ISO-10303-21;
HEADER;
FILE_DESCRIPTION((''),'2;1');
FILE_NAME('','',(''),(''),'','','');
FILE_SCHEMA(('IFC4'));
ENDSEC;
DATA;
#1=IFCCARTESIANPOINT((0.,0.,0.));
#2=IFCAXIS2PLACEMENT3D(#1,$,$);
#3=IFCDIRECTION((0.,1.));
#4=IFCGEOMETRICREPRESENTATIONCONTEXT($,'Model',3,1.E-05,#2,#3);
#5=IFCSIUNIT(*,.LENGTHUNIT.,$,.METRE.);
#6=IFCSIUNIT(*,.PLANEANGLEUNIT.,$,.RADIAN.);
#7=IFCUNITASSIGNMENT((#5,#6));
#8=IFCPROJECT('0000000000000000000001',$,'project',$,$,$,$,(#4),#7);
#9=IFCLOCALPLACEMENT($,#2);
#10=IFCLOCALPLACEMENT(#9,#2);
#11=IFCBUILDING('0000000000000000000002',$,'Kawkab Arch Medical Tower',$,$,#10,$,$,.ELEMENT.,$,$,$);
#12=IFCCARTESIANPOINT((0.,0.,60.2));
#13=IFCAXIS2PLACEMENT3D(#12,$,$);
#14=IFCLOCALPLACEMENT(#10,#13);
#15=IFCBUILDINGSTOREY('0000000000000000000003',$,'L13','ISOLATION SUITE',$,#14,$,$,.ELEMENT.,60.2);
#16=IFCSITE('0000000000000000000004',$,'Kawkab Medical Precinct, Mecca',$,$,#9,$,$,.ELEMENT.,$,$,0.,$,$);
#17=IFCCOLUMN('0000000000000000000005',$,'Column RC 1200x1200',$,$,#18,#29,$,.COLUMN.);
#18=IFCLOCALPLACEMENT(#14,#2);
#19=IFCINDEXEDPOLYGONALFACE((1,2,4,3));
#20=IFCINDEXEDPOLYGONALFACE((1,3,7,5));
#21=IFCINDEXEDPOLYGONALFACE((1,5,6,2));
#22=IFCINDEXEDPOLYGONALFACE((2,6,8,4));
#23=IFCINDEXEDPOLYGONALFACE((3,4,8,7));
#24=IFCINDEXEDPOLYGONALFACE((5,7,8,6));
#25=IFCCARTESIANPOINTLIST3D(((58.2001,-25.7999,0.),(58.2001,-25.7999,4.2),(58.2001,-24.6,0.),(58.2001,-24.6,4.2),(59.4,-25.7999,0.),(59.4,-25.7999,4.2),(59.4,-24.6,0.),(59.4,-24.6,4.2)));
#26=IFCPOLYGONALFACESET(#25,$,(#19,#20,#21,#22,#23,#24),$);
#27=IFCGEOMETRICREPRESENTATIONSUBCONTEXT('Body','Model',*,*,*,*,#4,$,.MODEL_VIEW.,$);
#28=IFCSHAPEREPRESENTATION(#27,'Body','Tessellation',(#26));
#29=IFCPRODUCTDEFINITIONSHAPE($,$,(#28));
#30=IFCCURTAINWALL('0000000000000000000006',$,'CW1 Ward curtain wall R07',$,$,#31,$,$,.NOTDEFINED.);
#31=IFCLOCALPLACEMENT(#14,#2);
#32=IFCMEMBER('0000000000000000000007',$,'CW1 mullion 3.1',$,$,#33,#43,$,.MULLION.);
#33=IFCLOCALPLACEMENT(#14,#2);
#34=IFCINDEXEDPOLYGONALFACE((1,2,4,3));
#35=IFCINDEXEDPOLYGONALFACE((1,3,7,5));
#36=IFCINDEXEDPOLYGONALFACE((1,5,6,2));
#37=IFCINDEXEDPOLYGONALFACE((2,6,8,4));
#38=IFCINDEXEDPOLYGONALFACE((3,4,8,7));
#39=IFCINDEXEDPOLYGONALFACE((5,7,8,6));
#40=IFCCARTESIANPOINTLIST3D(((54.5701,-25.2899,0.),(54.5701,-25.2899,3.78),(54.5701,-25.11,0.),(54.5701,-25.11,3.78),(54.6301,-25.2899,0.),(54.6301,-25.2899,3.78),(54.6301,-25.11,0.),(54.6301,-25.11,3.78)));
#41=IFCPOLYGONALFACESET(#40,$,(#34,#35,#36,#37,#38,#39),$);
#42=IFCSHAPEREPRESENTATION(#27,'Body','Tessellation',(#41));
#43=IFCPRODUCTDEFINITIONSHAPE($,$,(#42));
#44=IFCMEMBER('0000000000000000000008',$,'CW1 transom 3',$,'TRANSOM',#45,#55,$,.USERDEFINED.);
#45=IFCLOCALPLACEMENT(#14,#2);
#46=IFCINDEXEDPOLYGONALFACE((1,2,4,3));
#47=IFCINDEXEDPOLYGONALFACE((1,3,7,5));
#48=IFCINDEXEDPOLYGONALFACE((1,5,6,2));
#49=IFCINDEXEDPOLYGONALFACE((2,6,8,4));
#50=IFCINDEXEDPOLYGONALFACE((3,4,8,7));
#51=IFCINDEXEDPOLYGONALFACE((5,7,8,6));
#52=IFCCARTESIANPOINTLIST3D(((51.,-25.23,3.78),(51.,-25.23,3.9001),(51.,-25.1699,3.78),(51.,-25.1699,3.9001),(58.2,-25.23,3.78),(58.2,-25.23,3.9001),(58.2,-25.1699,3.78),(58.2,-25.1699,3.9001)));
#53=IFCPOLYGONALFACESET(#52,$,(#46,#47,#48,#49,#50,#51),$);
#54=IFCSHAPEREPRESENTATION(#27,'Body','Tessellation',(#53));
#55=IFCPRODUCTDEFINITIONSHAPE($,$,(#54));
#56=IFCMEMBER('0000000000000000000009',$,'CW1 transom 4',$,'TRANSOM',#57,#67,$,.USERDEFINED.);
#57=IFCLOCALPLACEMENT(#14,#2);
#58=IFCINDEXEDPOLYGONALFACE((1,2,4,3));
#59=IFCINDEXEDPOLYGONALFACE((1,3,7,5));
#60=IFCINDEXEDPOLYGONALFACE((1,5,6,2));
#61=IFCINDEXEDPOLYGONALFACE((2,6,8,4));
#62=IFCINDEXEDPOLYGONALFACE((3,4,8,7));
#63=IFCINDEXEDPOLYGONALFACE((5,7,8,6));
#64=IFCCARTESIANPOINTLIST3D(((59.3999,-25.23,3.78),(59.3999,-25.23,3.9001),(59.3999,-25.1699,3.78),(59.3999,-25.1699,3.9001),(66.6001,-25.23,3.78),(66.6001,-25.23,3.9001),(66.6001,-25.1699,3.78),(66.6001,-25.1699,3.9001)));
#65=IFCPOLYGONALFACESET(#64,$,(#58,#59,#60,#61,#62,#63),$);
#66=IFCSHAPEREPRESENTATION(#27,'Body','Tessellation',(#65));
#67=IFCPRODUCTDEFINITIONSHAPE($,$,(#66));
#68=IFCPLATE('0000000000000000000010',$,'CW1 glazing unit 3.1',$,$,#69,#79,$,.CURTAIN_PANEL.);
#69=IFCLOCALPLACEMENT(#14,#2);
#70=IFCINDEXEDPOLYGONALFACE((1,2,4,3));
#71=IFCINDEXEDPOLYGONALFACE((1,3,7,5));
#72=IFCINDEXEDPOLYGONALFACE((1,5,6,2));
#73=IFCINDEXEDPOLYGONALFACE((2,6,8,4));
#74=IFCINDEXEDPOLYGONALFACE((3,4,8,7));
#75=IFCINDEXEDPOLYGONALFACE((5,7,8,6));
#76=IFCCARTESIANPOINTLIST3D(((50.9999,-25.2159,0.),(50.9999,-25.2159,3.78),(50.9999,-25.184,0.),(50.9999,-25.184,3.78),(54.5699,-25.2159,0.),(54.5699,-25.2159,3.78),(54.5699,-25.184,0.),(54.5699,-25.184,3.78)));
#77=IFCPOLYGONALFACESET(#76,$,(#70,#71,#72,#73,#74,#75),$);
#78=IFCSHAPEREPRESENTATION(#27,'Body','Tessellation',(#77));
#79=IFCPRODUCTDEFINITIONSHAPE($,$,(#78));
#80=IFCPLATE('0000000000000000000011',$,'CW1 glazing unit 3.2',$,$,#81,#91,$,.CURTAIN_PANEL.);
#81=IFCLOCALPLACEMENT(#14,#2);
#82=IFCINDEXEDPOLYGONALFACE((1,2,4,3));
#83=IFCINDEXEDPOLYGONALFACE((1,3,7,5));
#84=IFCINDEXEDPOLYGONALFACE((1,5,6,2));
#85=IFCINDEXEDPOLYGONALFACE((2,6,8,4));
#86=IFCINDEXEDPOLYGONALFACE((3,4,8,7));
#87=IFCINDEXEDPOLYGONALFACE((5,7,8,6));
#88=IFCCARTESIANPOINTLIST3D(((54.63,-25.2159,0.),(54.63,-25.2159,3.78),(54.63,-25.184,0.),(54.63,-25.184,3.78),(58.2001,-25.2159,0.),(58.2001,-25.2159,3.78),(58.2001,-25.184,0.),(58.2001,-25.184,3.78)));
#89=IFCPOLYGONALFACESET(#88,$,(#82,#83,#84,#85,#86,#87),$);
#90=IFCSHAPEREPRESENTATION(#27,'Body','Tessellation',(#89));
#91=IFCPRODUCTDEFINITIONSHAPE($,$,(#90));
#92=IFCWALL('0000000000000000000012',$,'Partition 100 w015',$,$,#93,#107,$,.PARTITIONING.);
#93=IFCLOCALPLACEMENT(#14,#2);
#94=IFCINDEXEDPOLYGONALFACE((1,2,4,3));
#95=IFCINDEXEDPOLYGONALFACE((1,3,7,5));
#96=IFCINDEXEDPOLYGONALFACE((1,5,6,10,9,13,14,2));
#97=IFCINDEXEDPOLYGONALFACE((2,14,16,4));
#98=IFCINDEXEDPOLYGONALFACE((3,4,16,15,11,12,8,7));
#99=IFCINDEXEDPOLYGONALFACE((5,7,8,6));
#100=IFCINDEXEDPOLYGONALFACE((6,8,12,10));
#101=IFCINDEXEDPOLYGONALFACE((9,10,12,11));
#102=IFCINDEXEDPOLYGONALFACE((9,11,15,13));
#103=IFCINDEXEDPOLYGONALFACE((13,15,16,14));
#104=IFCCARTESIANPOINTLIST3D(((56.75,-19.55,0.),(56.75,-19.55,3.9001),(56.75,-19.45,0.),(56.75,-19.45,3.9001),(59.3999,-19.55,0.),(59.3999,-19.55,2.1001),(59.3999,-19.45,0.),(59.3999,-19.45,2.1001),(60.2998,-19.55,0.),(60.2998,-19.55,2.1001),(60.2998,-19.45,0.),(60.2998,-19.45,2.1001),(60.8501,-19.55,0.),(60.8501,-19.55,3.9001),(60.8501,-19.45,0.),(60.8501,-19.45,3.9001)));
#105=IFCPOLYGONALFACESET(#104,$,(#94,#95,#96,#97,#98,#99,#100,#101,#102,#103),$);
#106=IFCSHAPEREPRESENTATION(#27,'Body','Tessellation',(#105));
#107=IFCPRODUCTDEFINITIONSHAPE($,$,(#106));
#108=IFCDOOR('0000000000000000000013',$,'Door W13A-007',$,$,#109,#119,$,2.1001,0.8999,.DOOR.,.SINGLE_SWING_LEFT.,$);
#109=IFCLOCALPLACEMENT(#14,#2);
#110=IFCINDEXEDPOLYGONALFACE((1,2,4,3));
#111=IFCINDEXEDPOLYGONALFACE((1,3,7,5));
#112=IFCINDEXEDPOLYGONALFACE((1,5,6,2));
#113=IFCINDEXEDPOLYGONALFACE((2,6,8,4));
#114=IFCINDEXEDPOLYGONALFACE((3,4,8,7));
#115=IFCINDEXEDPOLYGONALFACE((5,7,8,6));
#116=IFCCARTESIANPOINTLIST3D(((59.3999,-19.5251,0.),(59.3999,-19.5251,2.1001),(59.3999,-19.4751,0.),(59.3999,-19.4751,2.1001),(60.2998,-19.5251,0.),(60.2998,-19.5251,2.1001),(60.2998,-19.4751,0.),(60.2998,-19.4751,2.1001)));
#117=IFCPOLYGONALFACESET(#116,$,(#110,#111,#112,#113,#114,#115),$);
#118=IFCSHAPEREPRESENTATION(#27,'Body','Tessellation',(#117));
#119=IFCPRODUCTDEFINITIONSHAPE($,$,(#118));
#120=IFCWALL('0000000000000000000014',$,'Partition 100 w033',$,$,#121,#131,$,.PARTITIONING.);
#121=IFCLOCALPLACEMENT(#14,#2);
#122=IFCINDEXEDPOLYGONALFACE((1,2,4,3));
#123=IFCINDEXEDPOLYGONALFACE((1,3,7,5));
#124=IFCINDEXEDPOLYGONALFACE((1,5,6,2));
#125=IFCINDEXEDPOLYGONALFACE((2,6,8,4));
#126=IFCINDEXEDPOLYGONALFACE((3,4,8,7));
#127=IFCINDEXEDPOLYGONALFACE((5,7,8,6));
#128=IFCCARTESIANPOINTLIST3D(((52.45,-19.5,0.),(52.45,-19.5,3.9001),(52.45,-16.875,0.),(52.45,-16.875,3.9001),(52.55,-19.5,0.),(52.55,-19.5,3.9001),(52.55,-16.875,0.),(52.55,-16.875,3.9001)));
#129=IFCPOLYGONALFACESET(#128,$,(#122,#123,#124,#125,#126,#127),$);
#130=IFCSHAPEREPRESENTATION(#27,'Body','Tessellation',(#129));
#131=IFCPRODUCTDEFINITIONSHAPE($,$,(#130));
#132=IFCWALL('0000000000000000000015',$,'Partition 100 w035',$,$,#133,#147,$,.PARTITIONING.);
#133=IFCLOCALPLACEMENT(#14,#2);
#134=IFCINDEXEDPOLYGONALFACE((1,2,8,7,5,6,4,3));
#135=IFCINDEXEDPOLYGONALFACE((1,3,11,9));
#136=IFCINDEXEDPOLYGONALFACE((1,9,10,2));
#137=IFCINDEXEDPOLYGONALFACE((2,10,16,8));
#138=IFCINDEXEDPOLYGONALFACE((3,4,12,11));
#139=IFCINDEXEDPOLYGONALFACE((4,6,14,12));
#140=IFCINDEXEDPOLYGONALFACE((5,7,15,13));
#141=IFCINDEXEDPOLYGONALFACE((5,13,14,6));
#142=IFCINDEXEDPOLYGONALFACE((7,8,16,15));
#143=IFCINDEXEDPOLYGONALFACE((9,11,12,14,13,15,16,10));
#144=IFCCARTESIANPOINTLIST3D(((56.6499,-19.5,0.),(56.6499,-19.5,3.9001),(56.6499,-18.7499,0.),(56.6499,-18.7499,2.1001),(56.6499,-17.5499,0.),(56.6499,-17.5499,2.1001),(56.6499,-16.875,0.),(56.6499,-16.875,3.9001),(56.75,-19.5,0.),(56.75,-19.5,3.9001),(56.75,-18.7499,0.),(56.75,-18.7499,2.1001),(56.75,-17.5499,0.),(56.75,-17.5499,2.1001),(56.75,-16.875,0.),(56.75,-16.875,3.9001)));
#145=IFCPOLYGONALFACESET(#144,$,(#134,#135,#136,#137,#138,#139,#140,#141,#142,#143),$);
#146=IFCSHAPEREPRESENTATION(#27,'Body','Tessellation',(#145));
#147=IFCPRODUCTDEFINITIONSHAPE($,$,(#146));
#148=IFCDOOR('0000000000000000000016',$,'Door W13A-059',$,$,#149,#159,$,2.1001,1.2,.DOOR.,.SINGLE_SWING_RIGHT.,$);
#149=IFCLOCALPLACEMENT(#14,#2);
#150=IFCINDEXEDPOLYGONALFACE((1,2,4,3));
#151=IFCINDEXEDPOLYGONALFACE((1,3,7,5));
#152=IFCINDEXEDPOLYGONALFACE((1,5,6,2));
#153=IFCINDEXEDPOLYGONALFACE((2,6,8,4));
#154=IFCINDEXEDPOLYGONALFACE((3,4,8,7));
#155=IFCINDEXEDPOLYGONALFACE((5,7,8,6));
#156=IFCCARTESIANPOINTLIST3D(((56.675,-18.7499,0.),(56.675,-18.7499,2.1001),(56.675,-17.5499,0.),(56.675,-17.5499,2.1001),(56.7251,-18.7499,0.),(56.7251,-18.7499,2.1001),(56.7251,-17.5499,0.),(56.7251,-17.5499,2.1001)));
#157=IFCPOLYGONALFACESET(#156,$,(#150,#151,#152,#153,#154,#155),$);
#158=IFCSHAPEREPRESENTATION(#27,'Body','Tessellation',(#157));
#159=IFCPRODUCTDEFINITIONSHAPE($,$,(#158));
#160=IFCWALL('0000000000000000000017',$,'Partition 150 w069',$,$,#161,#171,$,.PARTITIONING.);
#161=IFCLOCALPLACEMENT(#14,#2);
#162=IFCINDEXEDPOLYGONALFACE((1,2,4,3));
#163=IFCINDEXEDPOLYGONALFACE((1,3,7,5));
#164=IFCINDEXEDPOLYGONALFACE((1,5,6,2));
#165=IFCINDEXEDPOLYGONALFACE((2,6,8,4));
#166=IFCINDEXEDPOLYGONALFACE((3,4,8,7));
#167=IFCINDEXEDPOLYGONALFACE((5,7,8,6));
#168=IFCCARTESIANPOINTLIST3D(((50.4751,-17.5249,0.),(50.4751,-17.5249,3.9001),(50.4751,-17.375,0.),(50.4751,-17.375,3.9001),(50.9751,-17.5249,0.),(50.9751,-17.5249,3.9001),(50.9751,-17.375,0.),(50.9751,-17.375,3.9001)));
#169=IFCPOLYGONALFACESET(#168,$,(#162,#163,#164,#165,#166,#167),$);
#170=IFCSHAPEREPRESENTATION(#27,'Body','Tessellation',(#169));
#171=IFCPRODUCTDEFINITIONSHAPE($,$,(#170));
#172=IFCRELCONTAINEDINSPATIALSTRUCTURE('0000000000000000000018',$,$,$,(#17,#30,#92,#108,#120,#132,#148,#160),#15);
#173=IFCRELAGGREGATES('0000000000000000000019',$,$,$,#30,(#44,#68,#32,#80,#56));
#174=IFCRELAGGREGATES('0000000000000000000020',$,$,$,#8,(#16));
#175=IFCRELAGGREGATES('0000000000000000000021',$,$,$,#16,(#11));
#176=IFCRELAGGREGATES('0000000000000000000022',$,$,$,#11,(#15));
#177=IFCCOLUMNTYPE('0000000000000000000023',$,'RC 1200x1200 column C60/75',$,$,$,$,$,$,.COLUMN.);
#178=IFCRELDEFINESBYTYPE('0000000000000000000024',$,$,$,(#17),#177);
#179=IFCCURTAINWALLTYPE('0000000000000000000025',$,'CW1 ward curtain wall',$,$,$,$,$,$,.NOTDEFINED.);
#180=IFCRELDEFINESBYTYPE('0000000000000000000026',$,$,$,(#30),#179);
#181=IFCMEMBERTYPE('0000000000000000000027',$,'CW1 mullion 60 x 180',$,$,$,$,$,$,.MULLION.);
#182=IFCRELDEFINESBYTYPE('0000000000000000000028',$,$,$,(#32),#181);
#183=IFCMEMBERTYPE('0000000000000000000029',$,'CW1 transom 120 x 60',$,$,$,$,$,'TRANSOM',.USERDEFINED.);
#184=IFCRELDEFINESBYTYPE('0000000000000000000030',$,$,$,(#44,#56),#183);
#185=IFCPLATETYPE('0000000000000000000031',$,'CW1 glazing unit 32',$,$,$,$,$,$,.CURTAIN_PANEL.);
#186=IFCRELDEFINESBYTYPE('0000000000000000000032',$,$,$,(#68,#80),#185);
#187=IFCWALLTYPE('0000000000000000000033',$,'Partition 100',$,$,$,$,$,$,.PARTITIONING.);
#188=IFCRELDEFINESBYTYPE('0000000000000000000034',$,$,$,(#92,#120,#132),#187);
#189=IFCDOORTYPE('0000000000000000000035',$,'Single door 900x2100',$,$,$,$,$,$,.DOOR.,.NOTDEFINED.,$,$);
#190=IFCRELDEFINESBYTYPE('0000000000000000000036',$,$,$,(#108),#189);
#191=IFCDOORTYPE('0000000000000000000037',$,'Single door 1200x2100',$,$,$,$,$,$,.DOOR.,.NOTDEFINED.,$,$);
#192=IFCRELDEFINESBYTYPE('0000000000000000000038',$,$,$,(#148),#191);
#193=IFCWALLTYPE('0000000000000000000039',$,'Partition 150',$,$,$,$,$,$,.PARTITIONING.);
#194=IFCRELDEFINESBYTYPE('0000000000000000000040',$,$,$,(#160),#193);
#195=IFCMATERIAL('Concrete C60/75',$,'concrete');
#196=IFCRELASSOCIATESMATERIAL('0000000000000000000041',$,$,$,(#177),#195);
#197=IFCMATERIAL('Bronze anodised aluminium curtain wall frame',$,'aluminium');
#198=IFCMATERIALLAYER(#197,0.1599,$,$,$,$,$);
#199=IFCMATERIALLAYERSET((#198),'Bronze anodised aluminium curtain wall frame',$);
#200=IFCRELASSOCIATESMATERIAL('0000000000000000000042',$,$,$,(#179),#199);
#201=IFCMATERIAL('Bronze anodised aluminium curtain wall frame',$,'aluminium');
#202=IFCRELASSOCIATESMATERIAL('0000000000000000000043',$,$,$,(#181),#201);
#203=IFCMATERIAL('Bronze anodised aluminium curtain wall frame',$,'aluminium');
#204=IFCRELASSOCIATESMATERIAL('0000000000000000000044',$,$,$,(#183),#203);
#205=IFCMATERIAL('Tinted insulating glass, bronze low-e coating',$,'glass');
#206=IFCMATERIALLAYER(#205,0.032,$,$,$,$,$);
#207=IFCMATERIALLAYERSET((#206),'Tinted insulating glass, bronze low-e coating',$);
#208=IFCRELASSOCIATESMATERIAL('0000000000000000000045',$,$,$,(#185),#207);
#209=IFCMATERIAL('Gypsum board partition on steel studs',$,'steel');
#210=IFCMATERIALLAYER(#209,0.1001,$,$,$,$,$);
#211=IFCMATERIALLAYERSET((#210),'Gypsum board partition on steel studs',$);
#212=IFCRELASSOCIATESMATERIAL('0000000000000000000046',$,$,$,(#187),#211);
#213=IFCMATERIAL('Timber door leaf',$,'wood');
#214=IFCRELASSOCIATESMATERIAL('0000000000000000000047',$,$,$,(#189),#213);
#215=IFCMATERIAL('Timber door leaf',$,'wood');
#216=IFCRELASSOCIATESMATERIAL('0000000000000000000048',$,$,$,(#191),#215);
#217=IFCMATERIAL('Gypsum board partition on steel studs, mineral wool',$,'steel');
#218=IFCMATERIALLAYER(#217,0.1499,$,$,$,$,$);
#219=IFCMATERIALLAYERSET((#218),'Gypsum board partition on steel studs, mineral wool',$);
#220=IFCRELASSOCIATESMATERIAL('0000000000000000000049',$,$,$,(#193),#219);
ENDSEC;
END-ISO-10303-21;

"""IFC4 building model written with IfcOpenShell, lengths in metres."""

from ifc_helpers import new_model, si_unit, direction, frame, frame_2d, origin, origin_2d, place, context, subcontext, project, spatial, rectangle, extrude, material, layer, layer_set, material_profile, profile_set, type_object, element, fill, aggregate, save


model = new_model("IFC4")

# Units and contexts
model_context = context("Model", 3, precision=1e-05, world=origin(), true_north=direction((0.0, 1.0)))
body_context = subcontext(model_context, "Body", "Model", "MODEL_VIEW")
ifc_project = project(units=[si_unit("LENGTHUNIT", "METRE"), si_unit("PLANEANGLEUNIT", "RADIAN")], contexts=[model_context])

# Site, building, storey
site_placement = place(None, origin())
site = spatial("IfcSite", under=ifc_project, at=site_placement, Name="Kawkab Medical Precinct, Mecca", CompositionType="ELEMENT", RefElevation=0.0)
building_placement = place(site_placement, origin())
building = spatial("IfcBuilding", under=site, at=building_placement, Name="Kawkab Arch Medical Tower", CompositionType="ELEMENT")
storey_placement = place(building_placement, frame((0.0, 0.0, 60.2)))
storey = spatial("IfcBuildingStorey", under=building, at=storey_placement, Name="L13", Description="ISOLATION SUITE", CompositionType="ELEMENT", Elevation=60.2)

# Column
ifc_material_1 = material(Name="Concrete C60/75", Category="concrete")
ifc_material_profile_1 = material_profile(ifc_material_1, rectangle(XDim=1.2, YDim=1.2, at=origin_2d()), Name="RC 1200x1200")
ifc_profile_set_1 = profile_set([ifc_material_profile_1], Name="Concrete C60/75")
column_type = type_object("IfcColumnType", Name="RC 1200x1200 column C60/75", PredefinedType="COLUMN", material=ifc_profile_set_1)
column_placement = place(storey_placement, frame((58.8, -25.2, 0.0), z_axis=(0.0, 0.0, 1.0), x_axis=(1.0, 0.0, 0.0)))
element("IfcColumn", 1, at=column_placement, inside=storey, type_object=column_type, Name="Column RC 1200x1200", PredefinedType="COLUMN", context=body_context, shape_type="SweptSolid", body=[
    extrude(rectangle(XDim=1.2, YDim=1.2, at=origin_2d()), origin(), (0.0, 0.0, 1.0), 4.2),
])

# Curtain wall, members, plates
ifc_material_2 = material(Name="Bronze anodised aluminium curtain wall frame", Category="aluminium")
ifc_layer_1 = layer(ifc_material_2, 0.1599)
ifc_layer_set_1 = layer_set([ifc_layer_1], Name="Bronze anodised aluminium curtain wall frame")
curtain_wall_type = type_object("IfcCurtainWallType", Name="CW1 ward curtain wall", PredefinedType="NOTDEFINED", material=ifc_layer_set_1)
curtain_wall_placement = place(storey_placement, origin())
curtain_wall = element("IfcCurtainWall", 2, at=curtain_wall_placement, inside=storey, type_object=curtain_wall_type, Name="CW1 Ward curtain wall R07", PredefinedType="NOTDEFINED")
ifc_material_3 = material(Name="Bronze anodised aluminium curtain wall frame", Category="aluminium")
ifc_material_profile_2 = material_profile(ifc_material_3, rectangle(XDim=0.1799, YDim=0.0601, at=origin_2d()), Name="AL 60x180")
ifc_profile_set_2 = profile_set([ifc_material_profile_2], Name="Bronze anodised aluminium curtain wall frame")
member_type_1 = type_object("IfcMemberType", Name="CW1 mullion 60 x 180", PredefinedType="MULLION", material=ifc_profile_set_2)
member_1_placement = place(storey_placement, frame((54.6001, -25.2, 0.0), z_axis=(0.0, 0.0, 1.0), x_axis=(0.0, 1.0, 0.0)))
member_1 = element("IfcMember", 3, at=member_1_placement, type_object=member_type_1, Name="CW1 mullion 3.1", PredefinedType="MULLION", context=body_context, shape_type="SweptSolid", body=[
    extrude(rectangle(XDim=0.1799, YDim=0.0601, at=origin_2d()), origin(), (0.0, 0.0, 1.0), 3.78),
])
ifc_material_4 = material(Name="Bronze anodised aluminium curtain wall frame", Category="aluminium")
ifc_material_profile_3 = material_profile(ifc_material_4, rectangle(XDim=0.0601, YDim=0.1201, at=origin_2d()), Name="AL 60x120")
ifc_profile_set_3 = profile_set([ifc_material_profile_3], Name="Bronze anodised aluminium curtain wall frame")
member_type_2 = type_object("IfcMemberType", Name="CW1 transom 120 x 60", ElementType="TRANSOM", PredefinedType="USERDEFINED", material=ifc_profile_set_3)
member_2_placement = place(storey_placement, frame((51.0, -25.2, 3.8401), z_axis=(1.0, 0.0, 0.0), x_axis=(0.0, 1.0, 0.0)))
member_2 = element("IfcMember", 4, at=member_2_placement, type_object=member_type_2, Name="CW1 transom 3", ObjectType="TRANSOM", PredefinedType="USERDEFINED", context=body_context, shape_type="SweptSolid", body=[
    extrude(rectangle(XDim=0.0601, YDim=0.1201, at=origin_2d()), origin(), (0.0, 0.0, 1.0), 7.2),
])
member_3_placement = place(storey_placement, frame((59.3999, -25.2, 3.8401), z_axis=(1.0, 0.0, 0.0), x_axis=(0.0, 1.0, 0.0)))
member_3 = element("IfcMember", 5, at=member_3_placement, type_object=member_type_2, Name="CW1 transom 4", ObjectType="TRANSOM", PredefinedType="USERDEFINED", context=body_context, shape_type="SweptSolid", body=[
    extrude(rectangle(XDim=0.0601, YDim=0.1201, at=origin_2d()), origin(), (0.0, 0.0, 1.0), 7.2002),
])
ifc_material_5 = material(Name="Tinted insulating glass, bronze low-e coating", Category="glass")
ifc_layer_2 = layer(ifc_material_5, 0.032)
ifc_layer_set_2 = layer_set([ifc_layer_2], Name="Tinted insulating glass, bronze low-e coating")
plate_type = type_object("IfcPlateType", Name="CW1 glazing unit 32", PredefinedType="CURTAIN_PANEL", material=ifc_layer_set_2)
plate_1_placement = place(storey_placement, frame((52.7849, -25.2, 0.0), z_axis=(0.0, 0.0, 1.0), x_axis=(1.0, 0.0, 0.0)))
plate_1 = element("IfcPlate", 6, at=plate_1_placement, type_object=plate_type, Name="CW1 glazing unit 3.1", PredefinedType="CURTAIN_PANEL", context=body_context, shape_type="SweptSolid", body=[
    extrude(rectangle(XDim=3.5701, YDim=0.032, at=origin_2d()), origin(), (0.0, 0.0, 1.0), 3.78),
])
plate_2_placement = place(storey_placement, frame((56.415, -25.2, 0.0), z_axis=(0.0, 0.0, 1.0), x_axis=(1.0, 0.0, 0.0)))
plate_2 = element("IfcPlate", 7, at=plate_2_placement, type_object=plate_type, Name="CW1 glazing unit 3.2", PredefinedType="CURTAIN_PANEL", context=body_context, shape_type="SweptSolid", body=[
    extrude(rectangle(XDim=3.5701, YDim=0.032, at=origin_2d()), origin(), (0.0, 0.0, 1.0), 3.78),
])
aggregate(curtain_wall, [member_2, plate_1, member_1, plate_2, member_3])

# Wall, opening, door
ifc_material_6 = material(Name="Gypsum board partition on steel studs", Category="steel")
ifc_layer_3 = layer(ifc_material_6, 0.1001)
ifc_layer_set_3 = layer_set([ifc_layer_3], Name="Gypsum board partition on steel studs")
wall_type_1 = type_object("IfcWallType", Name="Partition 100", PredefinedType="PARTITIONING", material=ifc_layer_set_3)
wall_1_placement = place(storey_placement, frame((56.75, -19.5, 0.0), z_axis=(0.0, 0.0, 1.0), x_axis=(1.0, 0.0, 0.0)))
wall_1 = element("IfcWall", 8, at=wall_1_placement, inside=storey, type_object=wall_type_1, Name="Partition 100 w015", PredefinedType="PARTITIONING", context=body_context, shape_type="SweptSolid", body=[
    extrude(rectangle(XDim=4.1001, YDim=0.1001, at=frame_2d((2.05, 0.0))), origin(), (0.0, 0.0, 1.0), 3.9001),
])
opening_1_placement = place(wall_1_placement, frame((2.6499, 0.0, 0.0)))
opening_1 = element("IfcOpeningElement", 9, at=opening_1_placement, cuts=wall_1, PredefinedType="OPENING", context=body_context, shape_type="SweptSolid", body=[
    extrude(rectangle(XDim=0.8999, YDim=2.1001, at=frame_2d((0.45, 1.05))), frame((0.0, 0.0601, 0.0), z_axis=(0.0, -1.0, 0.0), x_axis=(1.0, 0.0, 0.0)), (0.0, 0.0, 1.0), 0.1201),
])
ifc_material_7 = material(Name="Timber door leaf", Category="wood")
door_type_1 = type_object("IfcDoorType", Name="Single door 900x2100", OperationType="NOTDEFINED", PredefinedType="DOOR", material=ifc_material_7)
door_1_placement = place(opening_1_placement, origin())
door_1 = element("IfcDoor", 10, at=door_1_placement, inside=storey, type_object=door_type_1, Name="Door W13A-007", OperationType="SINGLE_SWING_LEFT", OverallHeight=2.1001, OverallWidth=0.8999, PredefinedType="DOOR", context=body_context, shape_type="SweptSolid", body=[
    extrude(rectangle(XDim=0.8999, YDim=2.1001, at=frame_2d((0.45, 1.05))), frame((0.0, 0.0249, 0.0), z_axis=(0.0, -1.0, 0.0), x_axis=(1.0, 0.0, 0.0)), (0.0, 0.0, 1.0), 0.05),
])
fill(opening_1, door_1)

# Wall
wall_2_placement = place(storey_placement, frame((52.5, -19.5, 0.0), z_axis=(0.0, 0.0, 1.0), x_axis=(0.0, 1.0, 0.0)))
element("IfcWall", 11, at=wall_2_placement, inside=storey, type_object=wall_type_1, Name="Partition 100 w033", PredefinedType="PARTITIONING", context=body_context, shape_type="SweptSolid", body=[
    extrude(rectangle(XDim=2.625, YDim=0.1001, at=frame_2d((1.3125, 0.0))), origin(), (0.0, 0.0, 1.0), 3.9001),
])

# Wall, opening, door
wall_3_placement = place(storey_placement, frame((56.7, -19.5, 0.0), z_axis=(0.0, 0.0, 1.0), x_axis=(0.0, 1.0, 0.0)))
wall_3 = element("IfcWall", 12, at=wall_3_placement, inside=storey, type_object=wall_type_1, Name="Partition 100 w035", PredefinedType="PARTITIONING", context=body_context, shape_type="SweptSolid", body=[
    extrude(rectangle(XDim=2.625, YDim=0.1001, at=frame_2d((1.3125, 0.0))), origin(), (0.0, 0.0, 1.0), 3.9001),
])
opening_2_placement = place(wall_3_placement, frame((0.75, 0.0, 0.0)))
opening_2 = element("IfcOpeningElement", 13, at=opening_2_placement, cuts=wall_3, PredefinedType="OPENING", context=body_context, shape_type="SweptSolid", body=[
    extrude(rectangle(XDim=1.2, YDim=2.1001, at=frame_2d((0.6001, 1.05))), frame((0.0, 0.0601, 0.0), z_axis=(0.0, -1.0, 0.0), x_axis=(1.0, 0.0, 0.0)), (0.0, 0.0, 1.0), 0.1201),
])
ifc_material_8 = material(Name="Timber door leaf", Category="wood")
door_type_2 = type_object("IfcDoorType", Name="Single door 1200x2100", OperationType="NOTDEFINED", PredefinedType="DOOR", material=ifc_material_8)
door_2_placement = place(opening_2_placement, origin())
door_2 = element("IfcDoor", 14, at=door_2_placement, inside=storey, type_object=door_type_2, Name="Door W13A-059", OperationType="SINGLE_SWING_RIGHT", OverallHeight=2.1001, OverallWidth=1.2, PredefinedType="DOOR", context=body_context, shape_type="SweptSolid", body=[
    extrude(rectangle(XDim=1.2, YDim=2.1001, at=frame_2d((0.6001, 1.05))), frame((0.0, 0.0249, 0.0), z_axis=(0.0, -1.0, 0.0), x_axis=(1.0, 0.0, 0.0)), (0.0, 0.0, 1.0), 0.05),
])
fill(opening_2, door_2)

# Wall
ifc_material_9 = material(Name="Gypsum board partition on steel studs, mineral wool", Category="steel")
ifc_layer_4 = layer(ifc_material_9, 0.1499)
ifc_layer_set_4 = layer_set([ifc_layer_4], Name="Gypsum board partition on steel studs, mineral wool")
wall_type_2 = type_object("IfcWallType", Name="Partition 150", PredefinedType="PARTITIONING", material=ifc_layer_set_4)
for number, where, z_axis, x_axis, name in (
    (15, (50.4751, -17.45, 0.0), (0.0, 0.0, 1.0), (1.0, 0.0, 0.0), "Partition 150 w069"),
):
    element("IfcWall", number, at=place(storey_placement, frame(where, z_axis=z_axis, x_axis=x_axis)), inside=storey, type_object=wall_type_2, Name=name, PredefinedType="PARTITIONING", context=body_context, shape_type="SweptSolid", body=[
        extrude(rectangle(XDim=0.5, YDim=0.1499, at=frame_2d((0.25, 0.0))), origin(), (0.0, 0.0, 1.0), 3.9001),
    ])

save(model, "model.ifc")
